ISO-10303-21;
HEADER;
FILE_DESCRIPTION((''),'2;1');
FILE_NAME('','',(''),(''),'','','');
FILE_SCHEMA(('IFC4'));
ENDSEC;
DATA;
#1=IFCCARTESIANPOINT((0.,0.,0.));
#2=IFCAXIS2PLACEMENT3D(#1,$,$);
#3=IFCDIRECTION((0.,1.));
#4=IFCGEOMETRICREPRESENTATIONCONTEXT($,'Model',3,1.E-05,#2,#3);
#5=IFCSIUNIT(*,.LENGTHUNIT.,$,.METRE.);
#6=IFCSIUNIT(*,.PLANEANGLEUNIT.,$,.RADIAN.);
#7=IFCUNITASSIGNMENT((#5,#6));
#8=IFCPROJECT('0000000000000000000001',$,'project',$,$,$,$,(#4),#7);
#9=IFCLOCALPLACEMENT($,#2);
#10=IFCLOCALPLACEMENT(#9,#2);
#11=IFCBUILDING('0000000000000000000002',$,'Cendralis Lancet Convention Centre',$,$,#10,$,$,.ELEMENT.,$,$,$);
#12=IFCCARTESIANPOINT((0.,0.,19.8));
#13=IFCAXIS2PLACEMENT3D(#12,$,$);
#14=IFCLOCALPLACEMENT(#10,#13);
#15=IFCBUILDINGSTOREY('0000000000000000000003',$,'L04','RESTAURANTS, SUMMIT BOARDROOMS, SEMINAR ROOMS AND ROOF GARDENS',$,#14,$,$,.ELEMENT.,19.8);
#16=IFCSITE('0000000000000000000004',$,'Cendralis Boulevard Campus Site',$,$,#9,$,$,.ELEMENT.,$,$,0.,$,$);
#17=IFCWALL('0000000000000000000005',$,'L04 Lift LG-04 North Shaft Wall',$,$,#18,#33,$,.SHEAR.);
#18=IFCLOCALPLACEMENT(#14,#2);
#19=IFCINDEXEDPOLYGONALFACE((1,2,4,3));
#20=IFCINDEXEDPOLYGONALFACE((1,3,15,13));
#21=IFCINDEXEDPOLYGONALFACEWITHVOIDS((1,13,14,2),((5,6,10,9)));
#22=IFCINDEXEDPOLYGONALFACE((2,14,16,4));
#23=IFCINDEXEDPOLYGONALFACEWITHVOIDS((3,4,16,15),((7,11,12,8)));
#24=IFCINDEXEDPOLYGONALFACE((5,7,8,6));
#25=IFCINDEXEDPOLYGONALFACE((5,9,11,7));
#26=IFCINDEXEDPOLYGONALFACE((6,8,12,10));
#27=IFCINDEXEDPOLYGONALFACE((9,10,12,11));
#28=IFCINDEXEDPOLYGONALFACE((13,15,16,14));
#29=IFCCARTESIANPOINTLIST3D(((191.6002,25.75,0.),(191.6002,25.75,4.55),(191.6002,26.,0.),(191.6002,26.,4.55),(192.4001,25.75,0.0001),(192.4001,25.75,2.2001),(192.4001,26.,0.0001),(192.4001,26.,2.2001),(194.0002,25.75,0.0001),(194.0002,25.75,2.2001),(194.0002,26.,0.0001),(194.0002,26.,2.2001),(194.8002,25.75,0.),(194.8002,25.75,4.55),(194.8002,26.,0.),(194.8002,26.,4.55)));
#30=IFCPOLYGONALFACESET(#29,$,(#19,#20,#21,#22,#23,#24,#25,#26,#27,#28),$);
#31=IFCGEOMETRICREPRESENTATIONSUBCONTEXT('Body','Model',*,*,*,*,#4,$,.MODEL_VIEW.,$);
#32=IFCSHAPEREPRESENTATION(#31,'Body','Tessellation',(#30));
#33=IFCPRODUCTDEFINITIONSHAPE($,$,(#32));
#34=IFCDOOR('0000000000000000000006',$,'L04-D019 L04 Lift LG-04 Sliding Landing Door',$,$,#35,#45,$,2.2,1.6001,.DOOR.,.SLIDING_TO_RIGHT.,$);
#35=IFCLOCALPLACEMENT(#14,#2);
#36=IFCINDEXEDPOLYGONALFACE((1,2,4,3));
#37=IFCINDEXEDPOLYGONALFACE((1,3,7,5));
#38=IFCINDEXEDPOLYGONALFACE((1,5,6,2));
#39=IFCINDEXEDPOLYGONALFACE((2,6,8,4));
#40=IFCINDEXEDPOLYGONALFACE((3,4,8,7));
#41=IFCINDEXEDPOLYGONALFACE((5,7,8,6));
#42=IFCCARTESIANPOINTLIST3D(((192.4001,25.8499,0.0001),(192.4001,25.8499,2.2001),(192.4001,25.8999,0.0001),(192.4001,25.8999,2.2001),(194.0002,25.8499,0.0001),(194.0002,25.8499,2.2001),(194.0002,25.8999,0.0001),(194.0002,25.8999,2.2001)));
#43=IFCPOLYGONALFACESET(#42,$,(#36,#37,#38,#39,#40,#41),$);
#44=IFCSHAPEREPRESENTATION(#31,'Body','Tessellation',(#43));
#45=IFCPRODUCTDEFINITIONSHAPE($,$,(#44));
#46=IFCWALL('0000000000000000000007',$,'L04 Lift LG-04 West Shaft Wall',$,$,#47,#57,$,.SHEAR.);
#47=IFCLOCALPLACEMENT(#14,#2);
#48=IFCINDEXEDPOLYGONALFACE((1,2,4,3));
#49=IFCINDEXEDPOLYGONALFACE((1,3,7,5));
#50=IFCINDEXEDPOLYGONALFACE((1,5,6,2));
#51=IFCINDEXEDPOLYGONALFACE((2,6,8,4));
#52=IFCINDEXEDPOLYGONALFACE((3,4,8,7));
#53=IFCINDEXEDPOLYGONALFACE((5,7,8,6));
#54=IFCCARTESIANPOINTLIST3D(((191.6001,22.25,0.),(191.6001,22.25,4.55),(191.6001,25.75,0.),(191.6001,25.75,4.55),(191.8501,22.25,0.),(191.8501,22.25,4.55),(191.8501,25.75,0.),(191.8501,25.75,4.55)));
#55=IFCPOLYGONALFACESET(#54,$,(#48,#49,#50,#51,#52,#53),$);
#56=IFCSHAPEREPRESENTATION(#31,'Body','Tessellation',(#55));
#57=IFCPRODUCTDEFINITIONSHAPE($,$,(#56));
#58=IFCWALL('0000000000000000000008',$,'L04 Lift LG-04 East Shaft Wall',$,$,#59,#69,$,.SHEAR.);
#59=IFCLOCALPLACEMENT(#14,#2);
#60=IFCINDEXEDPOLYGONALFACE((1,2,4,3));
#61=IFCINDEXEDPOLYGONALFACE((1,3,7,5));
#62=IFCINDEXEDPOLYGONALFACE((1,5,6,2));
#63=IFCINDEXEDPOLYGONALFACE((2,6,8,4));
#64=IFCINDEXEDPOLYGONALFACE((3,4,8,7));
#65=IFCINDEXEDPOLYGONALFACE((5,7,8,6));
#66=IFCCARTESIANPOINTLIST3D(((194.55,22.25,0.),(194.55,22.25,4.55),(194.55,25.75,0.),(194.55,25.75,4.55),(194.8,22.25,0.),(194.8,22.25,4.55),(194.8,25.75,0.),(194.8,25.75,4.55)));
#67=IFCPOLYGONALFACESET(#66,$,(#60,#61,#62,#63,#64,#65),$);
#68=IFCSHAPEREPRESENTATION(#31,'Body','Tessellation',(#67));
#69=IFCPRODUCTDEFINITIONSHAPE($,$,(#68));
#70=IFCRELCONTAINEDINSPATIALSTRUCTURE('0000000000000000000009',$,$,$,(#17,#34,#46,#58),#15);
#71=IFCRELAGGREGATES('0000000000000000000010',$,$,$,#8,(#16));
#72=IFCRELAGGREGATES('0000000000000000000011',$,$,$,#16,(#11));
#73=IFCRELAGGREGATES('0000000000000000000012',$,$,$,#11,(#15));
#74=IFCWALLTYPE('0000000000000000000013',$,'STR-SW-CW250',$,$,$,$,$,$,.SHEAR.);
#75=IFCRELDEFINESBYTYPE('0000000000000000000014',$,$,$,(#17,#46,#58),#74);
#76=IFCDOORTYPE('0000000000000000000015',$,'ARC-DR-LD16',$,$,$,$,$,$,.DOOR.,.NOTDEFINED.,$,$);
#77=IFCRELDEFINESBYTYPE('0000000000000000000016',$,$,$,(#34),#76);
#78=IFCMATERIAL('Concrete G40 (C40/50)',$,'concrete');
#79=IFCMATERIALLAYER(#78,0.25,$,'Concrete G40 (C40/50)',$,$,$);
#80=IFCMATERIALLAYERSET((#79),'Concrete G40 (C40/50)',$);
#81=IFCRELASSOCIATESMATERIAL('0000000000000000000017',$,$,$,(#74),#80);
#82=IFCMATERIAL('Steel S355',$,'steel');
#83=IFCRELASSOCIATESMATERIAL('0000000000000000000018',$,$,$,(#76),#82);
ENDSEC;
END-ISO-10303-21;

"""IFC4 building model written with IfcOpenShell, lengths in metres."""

from ifc_helpers import new_model, si_unit, direction, frame, frame_2d, origin, place, context, subcontext, project, spatial, rectangle, extrude, material, layer, layer_set, type_object, element, fill, save


model = new_model("IFC4")

# Units and contexts
model_context = context("Model", 3, precision=1e-05, world=origin(), true_north=direction((0.0, 1.0)))
body_context = subcontext(model_context, "Body", "Model", "MODEL_VIEW")
ifc_project = project(units=[si_unit("LENGTHUNIT", "METRE"), si_unit("PLANEANGLEUNIT", "RADIAN")], contexts=[model_context])

# Site, building, storey
site_placement = place(None, origin())
site = spatial("IfcSite", under=ifc_project, at=site_placement, Name="Cendralis Boulevard Campus Site", CompositionType="ELEMENT", RefElevation=0.0)
building_placement = place(site_placement, origin())
building = spatial("IfcBuilding", under=site, at=building_placement, Name="Cendralis Lancet Convention Centre", CompositionType="ELEMENT")
storey_placement = place(building_placement, frame((0.0, 0.0, 19.8)))
storey = spatial("IfcBuildingStorey", under=building, at=storey_placement, Name="L04", Description="RESTAURANTS, SUMMIT BOARDROOMS, SEMINAR ROOMS AND ROOF GARDENS", CompositionType="ELEMENT", Elevation=19.8)

# Shared definitions
ifc_material_1 = material(Name="Concrete G40 (C40/50)", Category="concrete")

# Shared definitions
ifc_material_2 = material(Name="Steel S355", Category="steel")

# Shared definitions
ifc_layer_1 = layer(ifc_material_1, 0.25, Name="Concrete G40 (C40/50)")
ifc_layer_set_1 = layer_set([ifc_layer_1], Name="Concrete G40 (C40/50)")
wall_type_1 = type_object("IfcWallType", Name="STR-SW-CW250", PredefinedType="SHEAR", material=ifc_layer_set_1)

# Wall, opening, door
wall_1_placement = place(storey_placement, frame((191.6001, 25.875, 0.0), z_axis=(0.0, 0.0, 1.0), x_axis=(1.0, 0.0, 0.0)))
wall_1 = element("IfcWall", 1, at=wall_1_placement, inside=storey, type_object=wall_type_1, Name="L04 Lift LG-04 North Shaft Wall", PredefinedType="SHEAR", context=body_context, shape_type="SweptSolid", body=[
    extrude(rectangle(XDim=3.2, YDim=0.25, at=frame_2d((1.6001, 0.0))), origin(), (0.0, 0.0, 1.0), 4.55),
])
opening_1_placement = place(wall_1_placement, frame((0.8, 0.0, 0.0)))
opening_1 = element("IfcOpeningElement", 2, at=opening_1_placement, cuts=wall_1, PredefinedType="OPENING", context=body_context, shape_type="SweptSolid", body=[
    extrude(rectangle(XDim=1.6001, YDim=2.2, at=frame_2d((0.8, 1.1001))), frame((0.0, 0.135, 0.0), z_axis=(0.0, -1.0, 0.0), x_axis=(1.0, 0.0, 0.0)), (0.0, 0.0, 1.0), 0.27),
])
door_type_1 = type_object("IfcDoorType", Name="ARC-DR-LD16", OperationType="NOTDEFINED", PredefinedType="DOOR", material=ifc_material_2)
door_1_placement = place(opening_1_placement, origin())
door_1 = element("IfcDoor", 3, at=door_1_placement, inside=storey, type_object=door_type_1, Name="L04-D019 L04 Lift LG-04 Sliding Landing Door", OperationType="SLIDING_TO_RIGHT", OverallHeight=2.2, OverallWidth=1.6001, PredefinedType="DOOR", context=body_context, shape_type="SweptSolid", body=[
    extrude(rectangle(XDim=1.6001, YDim=2.2, at=frame_2d((0.8, 1.1001))), frame((0.0, 0.0249, 0.0), z_axis=(0.0, -1.0, 0.0), x_axis=(1.0, 0.0, 0.0)), (0.0, 0.0, 1.0), 0.05),
])
fill(opening_1, door_1)

# Walls
for number, where, z_axis, x_axis, name in (
    (4, (191.7251, 22.25, 0.0), (0.0, 0.0, 1.0), (0.0, 1.0, 0.0), "L04 Lift LG-04 West Shaft Wall"),
    (5, (194.675, 22.25, 0.0), (0.0, 0.0, 1.0), (0.0, 1.0, 0.0), "L04 Lift LG-04 East Shaft Wall"),
):
    element("IfcWall", number, at=place(storey_placement, frame(where, z_axis=z_axis, x_axis=x_axis)), inside=storey, type_object=wall_type_1, Name=name, PredefinedType="SHEAR", context=body_context, shape_type="SweptSolid", body=[
        extrude(rectangle(XDim=3.5, YDim=0.25, at=frame_2d((1.75, 0.0))), origin(), (0.0, 0.0, 1.0), 4.55),
    ])

save(model, "model.ifc")
